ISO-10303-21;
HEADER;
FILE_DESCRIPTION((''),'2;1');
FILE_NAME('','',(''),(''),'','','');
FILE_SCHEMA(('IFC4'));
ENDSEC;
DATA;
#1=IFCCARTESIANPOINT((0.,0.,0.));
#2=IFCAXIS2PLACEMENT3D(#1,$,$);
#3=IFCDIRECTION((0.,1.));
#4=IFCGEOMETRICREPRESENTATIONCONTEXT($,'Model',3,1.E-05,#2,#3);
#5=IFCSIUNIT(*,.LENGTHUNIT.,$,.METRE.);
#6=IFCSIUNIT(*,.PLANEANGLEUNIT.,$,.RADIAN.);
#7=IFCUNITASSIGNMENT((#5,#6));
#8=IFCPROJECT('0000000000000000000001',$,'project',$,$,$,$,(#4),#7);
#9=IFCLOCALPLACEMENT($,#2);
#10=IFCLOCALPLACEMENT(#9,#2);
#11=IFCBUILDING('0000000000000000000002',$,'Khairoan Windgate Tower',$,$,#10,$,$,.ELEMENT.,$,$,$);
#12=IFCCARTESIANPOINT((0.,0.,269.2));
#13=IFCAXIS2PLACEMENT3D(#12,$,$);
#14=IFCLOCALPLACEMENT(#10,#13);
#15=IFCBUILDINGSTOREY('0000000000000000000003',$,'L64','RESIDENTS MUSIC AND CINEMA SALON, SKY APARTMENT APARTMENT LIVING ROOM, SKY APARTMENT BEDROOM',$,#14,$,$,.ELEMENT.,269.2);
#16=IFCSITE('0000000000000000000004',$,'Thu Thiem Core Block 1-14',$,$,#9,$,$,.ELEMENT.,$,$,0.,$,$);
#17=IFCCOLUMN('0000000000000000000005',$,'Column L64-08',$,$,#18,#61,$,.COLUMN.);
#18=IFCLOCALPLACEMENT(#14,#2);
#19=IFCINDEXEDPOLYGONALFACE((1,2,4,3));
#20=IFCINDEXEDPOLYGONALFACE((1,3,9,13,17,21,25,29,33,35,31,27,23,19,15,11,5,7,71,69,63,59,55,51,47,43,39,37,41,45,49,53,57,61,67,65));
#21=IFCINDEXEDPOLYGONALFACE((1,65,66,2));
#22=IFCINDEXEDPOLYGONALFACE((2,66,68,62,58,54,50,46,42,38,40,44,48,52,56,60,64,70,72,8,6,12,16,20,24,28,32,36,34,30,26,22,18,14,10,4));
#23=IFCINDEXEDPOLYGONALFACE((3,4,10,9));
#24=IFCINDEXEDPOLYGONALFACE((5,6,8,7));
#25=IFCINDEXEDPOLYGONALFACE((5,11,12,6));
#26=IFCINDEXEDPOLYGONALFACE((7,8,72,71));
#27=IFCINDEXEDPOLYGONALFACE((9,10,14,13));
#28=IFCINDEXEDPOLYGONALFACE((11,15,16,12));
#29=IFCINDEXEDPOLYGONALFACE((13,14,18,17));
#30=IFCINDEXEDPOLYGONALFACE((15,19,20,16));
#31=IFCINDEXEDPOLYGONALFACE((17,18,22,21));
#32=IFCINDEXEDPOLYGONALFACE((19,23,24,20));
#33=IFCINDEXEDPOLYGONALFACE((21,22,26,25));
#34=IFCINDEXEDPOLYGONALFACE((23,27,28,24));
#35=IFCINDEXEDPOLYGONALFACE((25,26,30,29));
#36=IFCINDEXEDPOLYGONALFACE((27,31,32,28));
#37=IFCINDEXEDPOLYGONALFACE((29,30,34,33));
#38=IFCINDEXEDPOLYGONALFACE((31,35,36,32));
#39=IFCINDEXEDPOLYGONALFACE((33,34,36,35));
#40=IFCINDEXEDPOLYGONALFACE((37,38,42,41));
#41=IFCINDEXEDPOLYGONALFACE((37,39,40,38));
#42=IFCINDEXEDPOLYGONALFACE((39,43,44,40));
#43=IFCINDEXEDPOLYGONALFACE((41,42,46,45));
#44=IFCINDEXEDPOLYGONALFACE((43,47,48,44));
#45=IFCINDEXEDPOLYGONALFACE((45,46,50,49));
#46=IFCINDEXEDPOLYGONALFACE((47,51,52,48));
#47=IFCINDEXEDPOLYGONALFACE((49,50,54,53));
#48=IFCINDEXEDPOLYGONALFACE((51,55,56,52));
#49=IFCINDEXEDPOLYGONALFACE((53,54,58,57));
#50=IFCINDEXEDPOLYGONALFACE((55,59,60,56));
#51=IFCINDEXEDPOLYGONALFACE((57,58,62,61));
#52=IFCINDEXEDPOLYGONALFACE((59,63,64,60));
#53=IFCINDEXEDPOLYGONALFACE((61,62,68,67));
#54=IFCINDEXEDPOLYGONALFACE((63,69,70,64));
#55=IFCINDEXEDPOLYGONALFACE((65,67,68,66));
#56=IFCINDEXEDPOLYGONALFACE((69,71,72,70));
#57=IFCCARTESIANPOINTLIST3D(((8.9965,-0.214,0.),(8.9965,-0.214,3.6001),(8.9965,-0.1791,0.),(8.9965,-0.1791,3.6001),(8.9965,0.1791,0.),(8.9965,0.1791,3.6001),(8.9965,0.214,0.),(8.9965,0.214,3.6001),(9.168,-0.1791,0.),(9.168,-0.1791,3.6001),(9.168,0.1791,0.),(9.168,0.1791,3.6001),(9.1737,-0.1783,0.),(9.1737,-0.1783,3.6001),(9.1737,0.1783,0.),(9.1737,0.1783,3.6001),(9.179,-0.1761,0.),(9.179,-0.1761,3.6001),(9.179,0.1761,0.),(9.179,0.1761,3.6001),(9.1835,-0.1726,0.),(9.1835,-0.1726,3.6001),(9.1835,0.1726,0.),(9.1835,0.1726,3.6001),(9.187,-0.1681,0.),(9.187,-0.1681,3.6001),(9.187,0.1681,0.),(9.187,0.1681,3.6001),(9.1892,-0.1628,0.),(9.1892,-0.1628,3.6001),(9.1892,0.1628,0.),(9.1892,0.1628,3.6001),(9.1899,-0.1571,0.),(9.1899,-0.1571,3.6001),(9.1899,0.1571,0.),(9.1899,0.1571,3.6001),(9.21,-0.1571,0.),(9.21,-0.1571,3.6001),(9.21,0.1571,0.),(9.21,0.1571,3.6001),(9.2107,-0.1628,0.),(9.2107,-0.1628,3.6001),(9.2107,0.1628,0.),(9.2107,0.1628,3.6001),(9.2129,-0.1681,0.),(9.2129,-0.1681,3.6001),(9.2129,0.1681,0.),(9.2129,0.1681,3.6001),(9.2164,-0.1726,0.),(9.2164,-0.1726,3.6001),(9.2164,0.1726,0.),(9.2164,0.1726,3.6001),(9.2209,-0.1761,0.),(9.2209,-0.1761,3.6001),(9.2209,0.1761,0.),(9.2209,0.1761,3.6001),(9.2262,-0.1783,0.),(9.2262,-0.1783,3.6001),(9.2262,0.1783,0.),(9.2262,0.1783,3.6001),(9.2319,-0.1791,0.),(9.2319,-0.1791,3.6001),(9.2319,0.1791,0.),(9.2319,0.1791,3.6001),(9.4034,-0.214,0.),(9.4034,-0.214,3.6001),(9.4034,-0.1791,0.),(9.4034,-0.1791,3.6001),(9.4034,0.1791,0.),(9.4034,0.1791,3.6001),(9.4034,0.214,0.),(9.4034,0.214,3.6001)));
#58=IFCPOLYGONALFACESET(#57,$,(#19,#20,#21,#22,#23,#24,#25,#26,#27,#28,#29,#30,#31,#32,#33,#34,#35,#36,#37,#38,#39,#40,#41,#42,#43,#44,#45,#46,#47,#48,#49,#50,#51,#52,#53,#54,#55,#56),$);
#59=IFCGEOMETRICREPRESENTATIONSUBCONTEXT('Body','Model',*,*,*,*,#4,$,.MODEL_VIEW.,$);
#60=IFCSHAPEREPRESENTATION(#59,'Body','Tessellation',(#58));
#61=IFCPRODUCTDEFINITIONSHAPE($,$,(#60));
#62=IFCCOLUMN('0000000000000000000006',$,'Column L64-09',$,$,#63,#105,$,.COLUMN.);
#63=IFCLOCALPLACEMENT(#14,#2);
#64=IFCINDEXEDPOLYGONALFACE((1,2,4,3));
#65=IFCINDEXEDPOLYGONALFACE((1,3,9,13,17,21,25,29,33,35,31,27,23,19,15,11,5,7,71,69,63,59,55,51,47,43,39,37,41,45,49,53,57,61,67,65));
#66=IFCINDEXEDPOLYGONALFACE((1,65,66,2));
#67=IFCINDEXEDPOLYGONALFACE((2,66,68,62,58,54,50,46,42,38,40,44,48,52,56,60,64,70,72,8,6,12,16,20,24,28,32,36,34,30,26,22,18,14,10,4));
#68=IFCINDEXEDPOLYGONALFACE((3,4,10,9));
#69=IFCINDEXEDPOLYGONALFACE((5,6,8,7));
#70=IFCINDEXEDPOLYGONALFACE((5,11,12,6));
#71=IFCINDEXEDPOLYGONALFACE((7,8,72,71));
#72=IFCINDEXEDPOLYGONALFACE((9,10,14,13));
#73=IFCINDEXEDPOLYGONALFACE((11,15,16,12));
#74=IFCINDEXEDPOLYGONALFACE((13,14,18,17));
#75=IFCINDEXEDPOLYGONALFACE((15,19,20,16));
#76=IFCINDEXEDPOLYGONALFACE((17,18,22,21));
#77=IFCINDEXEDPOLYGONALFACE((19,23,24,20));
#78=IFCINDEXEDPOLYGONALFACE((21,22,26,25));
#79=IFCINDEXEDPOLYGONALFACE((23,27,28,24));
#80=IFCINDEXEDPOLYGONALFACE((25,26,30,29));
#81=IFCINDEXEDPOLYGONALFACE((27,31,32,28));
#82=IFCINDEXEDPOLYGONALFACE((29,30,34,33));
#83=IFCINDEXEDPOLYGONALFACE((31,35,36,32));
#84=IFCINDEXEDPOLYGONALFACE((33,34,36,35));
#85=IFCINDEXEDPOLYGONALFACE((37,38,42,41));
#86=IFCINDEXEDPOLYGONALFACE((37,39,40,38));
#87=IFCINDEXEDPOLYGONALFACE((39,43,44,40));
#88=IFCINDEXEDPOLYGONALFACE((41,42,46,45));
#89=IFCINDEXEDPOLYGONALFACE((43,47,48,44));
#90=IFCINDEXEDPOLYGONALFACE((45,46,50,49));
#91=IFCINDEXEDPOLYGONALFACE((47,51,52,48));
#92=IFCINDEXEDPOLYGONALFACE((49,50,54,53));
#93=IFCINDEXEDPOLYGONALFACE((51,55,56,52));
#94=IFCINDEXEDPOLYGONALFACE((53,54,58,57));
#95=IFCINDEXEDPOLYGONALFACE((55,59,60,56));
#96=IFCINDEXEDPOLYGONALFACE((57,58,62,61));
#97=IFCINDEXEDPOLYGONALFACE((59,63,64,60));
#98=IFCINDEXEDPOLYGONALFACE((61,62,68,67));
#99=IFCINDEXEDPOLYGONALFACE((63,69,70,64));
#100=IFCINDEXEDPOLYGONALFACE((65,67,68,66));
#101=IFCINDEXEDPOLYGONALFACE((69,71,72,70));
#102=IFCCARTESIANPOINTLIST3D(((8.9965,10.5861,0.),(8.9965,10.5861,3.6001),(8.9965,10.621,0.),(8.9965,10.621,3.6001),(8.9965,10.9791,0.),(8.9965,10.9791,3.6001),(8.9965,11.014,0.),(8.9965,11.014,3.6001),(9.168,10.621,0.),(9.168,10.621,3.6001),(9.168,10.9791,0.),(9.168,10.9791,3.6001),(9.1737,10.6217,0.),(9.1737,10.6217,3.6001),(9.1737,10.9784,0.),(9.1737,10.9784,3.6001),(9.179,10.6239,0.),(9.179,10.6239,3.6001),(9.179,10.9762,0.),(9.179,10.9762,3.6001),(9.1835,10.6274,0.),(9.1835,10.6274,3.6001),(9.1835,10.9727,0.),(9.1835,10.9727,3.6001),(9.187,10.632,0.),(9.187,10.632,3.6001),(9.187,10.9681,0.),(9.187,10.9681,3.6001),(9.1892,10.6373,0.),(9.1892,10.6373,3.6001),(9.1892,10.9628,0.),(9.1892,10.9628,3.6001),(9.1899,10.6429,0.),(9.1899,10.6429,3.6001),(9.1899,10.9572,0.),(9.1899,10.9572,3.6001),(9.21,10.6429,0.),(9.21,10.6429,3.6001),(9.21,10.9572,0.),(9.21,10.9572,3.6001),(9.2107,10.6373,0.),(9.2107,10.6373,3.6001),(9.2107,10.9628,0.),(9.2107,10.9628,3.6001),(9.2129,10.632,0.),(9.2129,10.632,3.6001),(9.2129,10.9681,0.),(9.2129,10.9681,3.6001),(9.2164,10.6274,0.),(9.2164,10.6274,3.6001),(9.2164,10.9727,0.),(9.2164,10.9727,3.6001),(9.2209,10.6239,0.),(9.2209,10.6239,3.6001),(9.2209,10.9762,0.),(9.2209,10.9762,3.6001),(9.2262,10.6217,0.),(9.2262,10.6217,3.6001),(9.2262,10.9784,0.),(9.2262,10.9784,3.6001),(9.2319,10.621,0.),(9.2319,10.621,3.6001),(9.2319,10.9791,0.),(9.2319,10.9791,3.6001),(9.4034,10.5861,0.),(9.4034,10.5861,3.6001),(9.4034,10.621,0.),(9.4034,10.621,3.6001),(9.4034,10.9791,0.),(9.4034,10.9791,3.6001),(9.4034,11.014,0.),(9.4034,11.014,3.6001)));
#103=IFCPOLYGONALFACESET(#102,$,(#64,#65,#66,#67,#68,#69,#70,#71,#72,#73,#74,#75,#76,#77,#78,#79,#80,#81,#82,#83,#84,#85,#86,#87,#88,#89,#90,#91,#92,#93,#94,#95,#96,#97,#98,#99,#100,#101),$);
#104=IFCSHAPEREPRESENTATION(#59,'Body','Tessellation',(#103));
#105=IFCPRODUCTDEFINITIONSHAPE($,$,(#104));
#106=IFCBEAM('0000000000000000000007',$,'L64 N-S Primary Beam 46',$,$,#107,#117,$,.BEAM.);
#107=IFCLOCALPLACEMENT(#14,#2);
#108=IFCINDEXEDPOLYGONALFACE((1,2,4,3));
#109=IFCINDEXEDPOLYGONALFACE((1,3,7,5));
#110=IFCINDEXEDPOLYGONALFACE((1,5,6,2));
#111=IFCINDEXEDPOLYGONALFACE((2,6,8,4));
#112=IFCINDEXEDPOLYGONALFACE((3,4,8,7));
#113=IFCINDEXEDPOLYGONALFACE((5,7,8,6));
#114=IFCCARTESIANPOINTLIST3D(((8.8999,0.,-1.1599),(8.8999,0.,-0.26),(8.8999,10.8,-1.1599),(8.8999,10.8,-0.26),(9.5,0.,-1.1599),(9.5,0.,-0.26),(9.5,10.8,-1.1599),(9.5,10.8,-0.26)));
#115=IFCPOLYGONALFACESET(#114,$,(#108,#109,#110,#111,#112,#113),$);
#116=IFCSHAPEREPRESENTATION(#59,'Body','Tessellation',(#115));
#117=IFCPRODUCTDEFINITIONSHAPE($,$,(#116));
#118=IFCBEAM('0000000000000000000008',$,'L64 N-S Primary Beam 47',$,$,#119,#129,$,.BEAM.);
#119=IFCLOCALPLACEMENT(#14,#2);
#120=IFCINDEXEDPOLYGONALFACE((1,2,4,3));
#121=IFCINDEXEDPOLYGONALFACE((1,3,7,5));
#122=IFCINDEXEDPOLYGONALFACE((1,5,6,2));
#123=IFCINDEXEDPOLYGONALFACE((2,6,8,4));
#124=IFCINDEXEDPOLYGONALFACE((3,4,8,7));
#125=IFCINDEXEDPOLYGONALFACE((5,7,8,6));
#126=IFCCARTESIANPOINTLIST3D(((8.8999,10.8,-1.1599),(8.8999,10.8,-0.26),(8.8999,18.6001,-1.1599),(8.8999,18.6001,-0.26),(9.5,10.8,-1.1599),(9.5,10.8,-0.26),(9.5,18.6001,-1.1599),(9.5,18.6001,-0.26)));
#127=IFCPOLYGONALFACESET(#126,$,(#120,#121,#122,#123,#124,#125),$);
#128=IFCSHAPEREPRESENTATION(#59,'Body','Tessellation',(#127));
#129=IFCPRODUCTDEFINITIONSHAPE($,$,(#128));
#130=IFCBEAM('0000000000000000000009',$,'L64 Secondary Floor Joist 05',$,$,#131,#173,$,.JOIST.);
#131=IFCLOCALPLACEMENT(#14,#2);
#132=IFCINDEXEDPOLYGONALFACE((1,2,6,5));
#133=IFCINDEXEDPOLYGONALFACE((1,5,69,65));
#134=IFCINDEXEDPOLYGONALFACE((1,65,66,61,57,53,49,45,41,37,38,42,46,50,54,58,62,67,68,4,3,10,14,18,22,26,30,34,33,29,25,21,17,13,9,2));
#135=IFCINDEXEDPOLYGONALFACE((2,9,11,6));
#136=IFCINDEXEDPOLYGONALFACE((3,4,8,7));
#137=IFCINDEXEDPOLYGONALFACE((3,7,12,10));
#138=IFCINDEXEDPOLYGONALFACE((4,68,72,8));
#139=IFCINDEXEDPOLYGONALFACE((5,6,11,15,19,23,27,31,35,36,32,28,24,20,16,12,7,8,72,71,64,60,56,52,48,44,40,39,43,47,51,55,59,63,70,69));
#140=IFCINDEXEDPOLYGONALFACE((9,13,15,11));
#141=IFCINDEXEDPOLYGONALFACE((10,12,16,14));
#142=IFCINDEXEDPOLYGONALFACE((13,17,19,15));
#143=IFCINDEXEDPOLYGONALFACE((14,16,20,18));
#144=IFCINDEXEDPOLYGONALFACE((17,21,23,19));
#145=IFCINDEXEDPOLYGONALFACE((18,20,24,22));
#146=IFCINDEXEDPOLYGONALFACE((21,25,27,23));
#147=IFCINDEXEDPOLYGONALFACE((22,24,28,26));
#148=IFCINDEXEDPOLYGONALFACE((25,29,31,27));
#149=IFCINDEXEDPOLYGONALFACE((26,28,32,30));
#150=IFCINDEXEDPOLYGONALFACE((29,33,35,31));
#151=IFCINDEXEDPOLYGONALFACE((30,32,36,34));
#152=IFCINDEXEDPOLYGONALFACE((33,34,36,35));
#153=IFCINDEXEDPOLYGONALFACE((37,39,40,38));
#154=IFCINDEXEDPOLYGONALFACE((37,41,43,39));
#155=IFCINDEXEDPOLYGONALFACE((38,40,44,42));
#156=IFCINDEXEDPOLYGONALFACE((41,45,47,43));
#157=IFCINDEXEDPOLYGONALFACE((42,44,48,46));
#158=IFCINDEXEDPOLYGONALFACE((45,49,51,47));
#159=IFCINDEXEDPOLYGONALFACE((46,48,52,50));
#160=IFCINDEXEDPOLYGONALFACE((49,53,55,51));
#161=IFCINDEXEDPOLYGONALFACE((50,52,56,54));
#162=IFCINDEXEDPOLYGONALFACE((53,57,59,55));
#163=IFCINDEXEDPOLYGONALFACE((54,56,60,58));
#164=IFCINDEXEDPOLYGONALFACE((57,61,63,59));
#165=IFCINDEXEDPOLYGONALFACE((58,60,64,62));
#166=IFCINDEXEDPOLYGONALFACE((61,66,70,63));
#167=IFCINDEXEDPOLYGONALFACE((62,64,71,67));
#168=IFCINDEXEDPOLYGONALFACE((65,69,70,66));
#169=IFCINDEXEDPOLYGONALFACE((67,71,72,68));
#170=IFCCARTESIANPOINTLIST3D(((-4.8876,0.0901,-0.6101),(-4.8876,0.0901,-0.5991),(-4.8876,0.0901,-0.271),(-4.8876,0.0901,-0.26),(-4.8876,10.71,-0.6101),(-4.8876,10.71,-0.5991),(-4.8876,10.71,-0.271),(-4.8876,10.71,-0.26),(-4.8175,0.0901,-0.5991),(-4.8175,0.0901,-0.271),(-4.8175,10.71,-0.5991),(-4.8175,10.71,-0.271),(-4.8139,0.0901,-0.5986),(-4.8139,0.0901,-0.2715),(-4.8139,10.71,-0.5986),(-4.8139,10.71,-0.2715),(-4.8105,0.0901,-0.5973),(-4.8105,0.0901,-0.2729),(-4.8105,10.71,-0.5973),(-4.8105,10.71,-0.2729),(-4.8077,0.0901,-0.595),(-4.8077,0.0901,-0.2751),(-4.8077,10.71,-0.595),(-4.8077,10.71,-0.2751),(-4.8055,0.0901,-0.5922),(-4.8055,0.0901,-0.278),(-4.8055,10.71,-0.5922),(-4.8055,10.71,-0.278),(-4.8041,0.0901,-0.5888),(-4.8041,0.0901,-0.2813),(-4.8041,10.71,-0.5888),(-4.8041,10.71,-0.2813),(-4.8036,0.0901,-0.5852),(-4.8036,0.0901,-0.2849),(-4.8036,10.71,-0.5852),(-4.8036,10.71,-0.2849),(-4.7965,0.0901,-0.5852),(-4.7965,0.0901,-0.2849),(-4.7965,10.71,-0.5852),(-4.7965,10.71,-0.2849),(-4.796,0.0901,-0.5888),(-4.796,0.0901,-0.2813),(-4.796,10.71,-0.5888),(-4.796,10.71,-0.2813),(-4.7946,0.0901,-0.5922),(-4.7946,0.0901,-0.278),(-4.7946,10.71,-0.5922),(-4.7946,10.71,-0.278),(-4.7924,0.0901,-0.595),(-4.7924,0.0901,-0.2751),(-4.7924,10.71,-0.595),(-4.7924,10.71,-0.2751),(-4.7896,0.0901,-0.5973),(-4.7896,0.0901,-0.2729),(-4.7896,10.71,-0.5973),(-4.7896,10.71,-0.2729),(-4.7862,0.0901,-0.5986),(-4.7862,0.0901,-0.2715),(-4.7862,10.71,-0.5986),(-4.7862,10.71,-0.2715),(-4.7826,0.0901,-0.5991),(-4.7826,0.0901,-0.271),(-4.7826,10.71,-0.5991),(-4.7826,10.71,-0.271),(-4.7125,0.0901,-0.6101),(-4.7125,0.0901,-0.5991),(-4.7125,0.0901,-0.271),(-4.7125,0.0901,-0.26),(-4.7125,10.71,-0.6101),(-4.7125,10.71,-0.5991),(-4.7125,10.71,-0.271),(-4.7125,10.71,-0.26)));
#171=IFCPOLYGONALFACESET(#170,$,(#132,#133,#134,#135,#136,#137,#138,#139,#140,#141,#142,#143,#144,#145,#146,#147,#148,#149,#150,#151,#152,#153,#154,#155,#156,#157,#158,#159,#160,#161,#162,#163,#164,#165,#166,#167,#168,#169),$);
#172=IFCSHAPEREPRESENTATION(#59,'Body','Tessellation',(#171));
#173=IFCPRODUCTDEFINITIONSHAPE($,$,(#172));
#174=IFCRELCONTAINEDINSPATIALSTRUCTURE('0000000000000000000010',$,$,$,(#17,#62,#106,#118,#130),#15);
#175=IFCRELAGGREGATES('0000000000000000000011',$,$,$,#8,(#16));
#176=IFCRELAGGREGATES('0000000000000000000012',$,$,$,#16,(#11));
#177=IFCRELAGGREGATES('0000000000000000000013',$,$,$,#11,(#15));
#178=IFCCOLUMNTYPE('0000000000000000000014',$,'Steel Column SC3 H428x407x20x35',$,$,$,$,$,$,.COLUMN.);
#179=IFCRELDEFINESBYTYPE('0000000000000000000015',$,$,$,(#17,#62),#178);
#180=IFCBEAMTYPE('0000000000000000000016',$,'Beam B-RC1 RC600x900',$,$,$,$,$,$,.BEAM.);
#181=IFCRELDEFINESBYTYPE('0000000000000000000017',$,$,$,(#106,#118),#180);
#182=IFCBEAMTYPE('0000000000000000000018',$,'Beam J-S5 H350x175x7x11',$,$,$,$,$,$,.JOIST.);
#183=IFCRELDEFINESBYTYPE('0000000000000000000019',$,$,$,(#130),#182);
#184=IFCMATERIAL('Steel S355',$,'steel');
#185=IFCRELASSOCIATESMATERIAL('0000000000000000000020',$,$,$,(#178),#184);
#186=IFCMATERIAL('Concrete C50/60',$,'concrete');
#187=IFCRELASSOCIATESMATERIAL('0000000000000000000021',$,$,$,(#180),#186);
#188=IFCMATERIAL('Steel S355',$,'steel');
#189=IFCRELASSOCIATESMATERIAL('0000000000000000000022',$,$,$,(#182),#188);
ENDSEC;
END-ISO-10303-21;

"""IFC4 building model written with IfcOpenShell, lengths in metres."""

from ifc_helpers import new_model, si_unit, direction, frame, origin, origin_2d, place, context, subcontext, project, spatial, rectangle, i_section, extrude, material, material_profile, profile_set, type_object, element, save


model = new_model("IFC4")

# Units and contexts
model_context = context("Model", 3, precision=1e-05, world=origin(), true_north=direction((0.0, 1.0)))
body_context = subcontext(model_context, "Body", "Model", "MODEL_VIEW")
ifc_project = project(units=[si_unit("LENGTHUNIT", "METRE"), si_unit("PLANEANGLEUNIT", "RADIAN")], contexts=[model_context])

# Site, building, storey
site_placement = place(None, origin())
site = spatial("IfcSite", under=ifc_project, at=site_placement, Name="Thu Thiem Core Block 1-14", CompositionType="ELEMENT", RefElevation=0.0)
building_placement = place(site_placement, origin())
building = spatial("IfcBuilding", under=site, at=building_placement, Name="Khairoan Windgate Tower", CompositionType="ELEMENT")
storey_placement = place(building_placement, frame((0.0, 0.0, 269.2)))
storey = spatial("IfcBuildingStorey", under=building, at=storey_placement, Name="L64", Description="RESIDENTS MUSIC AND CINEMA SALON, SKY APARTMENT APARTMENT LIVING ROOM, SKY APARTMENT BEDROOM", CompositionType="ELEMENT", Elevation=269.2)

# Columns
ifc_material_1 = material(Name="Steel S355", Category="steel")
ifc_material_profile_1 = material_profile(ifc_material_1, i_section(OverallWidth=0.407, OverallDepth=0.428, WebThickness=0.02, FlangeThickness=0.0349, FilletRadius=0.022, at=origin_2d()))
ifc_profile_set_1 = profile_set([ifc_material_profile_1], Name="Steel S355")
column_type = type_object("IfcColumnType", Name="Steel Column SC3 H428x407x20x35", PredefinedType="COLUMN", material=ifc_profile_set_1)
for number, where, z_axis, x_axis, name in (
    (1, (9.2, 0.0, 0.0), (0.0, 0.0, 1.0), (1.0, 0.0, 0.0), "Column L64-08"),
    (2, (9.2, 10.8, 0.0), (0.0, 0.0, 1.0), (1.0, 0.0, 0.0), "Column L64-09"),
):
    element("IfcColumn", number, at=place(storey_placement, frame(where, z_axis=z_axis, x_axis=x_axis)), inside=storey, type_object=column_type, Name=name, PredefinedType="COLUMN", context=body_context, shape_type="SweptSolid", body=[
        extrude(i_section(OverallWidth=0.407, OverallDepth=0.428, WebThickness=0.02, FlangeThickness=0.0349, FilletRadius=0.022, at=origin_2d()), origin(), (0.0, 0.0, 1.0), 3.6001),
    ])

# Beams
ifc_material_2 = material(Name="Concrete C50/60", Category="concrete")
ifc_material_profile_2 = material_profile(ifc_material_2, rectangle(XDim=0.6001, YDim=0.8999, at=origin_2d()))
ifc_profile_set_2 = profile_set([ifc_material_profile_2], Name="Concrete C50/60")
beam_type_1 = type_object("IfcBeamType", Name="Beam B-RC1 RC600x900", PredefinedType="BEAM", material=ifc_profile_set_2)
beam_1_placement = place(storey_placement, frame((9.2, 0.0, -0.71), z_axis=(0.0, 1.0, 0.0), x_axis=(-1.0, 0.0, 0.0)))
element("IfcBeam", 3, at=beam_1_placement, inside=storey, type_object=beam_type_1, Name="L64 N-S Primary Beam 46", PredefinedType="BEAM", context=body_context, shape_type="SweptSolid", body=[
    extrude(rectangle(XDim=0.6001, YDim=0.8999, at=origin_2d()), origin(), (0.0, 0.0, 1.0), 10.8),
])
beam_2_placement = place(storey_placement, frame((9.2, 10.8, -0.71), z_axis=(0.0, 1.0, 0.0), x_axis=(-1.0, 0.0, 0.0)))
element("IfcBeam", 4, at=beam_2_placement, inside=storey, type_object=beam_type_1, Name="L64 N-S Primary Beam 47", PredefinedType="BEAM", context=body_context, shape_type="SweptSolid", body=[
    extrude(rectangle(XDim=0.6001, YDim=0.8999, at=origin_2d()), origin(), (0.0, 0.0, 1.0), 7.8),
])
ifc_material_3 = material(Name="Steel S355", Category="steel")
ifc_material_profile_3 = material_profile(ifc_material_3, i_section(OverallWidth=0.175, OverallDepth=0.3501, WebThickness=0.0071, FlangeThickness=0.011, FilletRadius=0.0139, at=origin_2d()))
ifc_profile_set_3 = profile_set([ifc_material_profile_3], Name="Steel S355")
beam_type_2 = type_object("IfcBeamType", Name="Beam J-S5 H350x175x7x11", PredefinedType="JOIST", material=ifc_profile_set_3)
beam_3_placement = place(storey_placement, frame((-4.8, 0.0901, -0.4351), z_axis=(0.0, 1.0, 0.0), x_axis=(-1.0, 0.0, 0.0)))
element("IfcBeam", 5, at=beam_3_placement, inside=storey, type_object=beam_type_2, Name="L64 Secondary Floor Joist 05", PredefinedType="JOIST", context=body_context, shape_type="SweptSolid", body=[
    extrude(i_section(OverallWidth=0.175, OverallDepth=0.3501, WebThickness=0.0071, FlangeThickness=0.011, FilletRadius=0.0139, at=origin_2d()), origin(), (0.0, 0.0, 1.0), 10.6199),
])

save(model, "model.ifc")
